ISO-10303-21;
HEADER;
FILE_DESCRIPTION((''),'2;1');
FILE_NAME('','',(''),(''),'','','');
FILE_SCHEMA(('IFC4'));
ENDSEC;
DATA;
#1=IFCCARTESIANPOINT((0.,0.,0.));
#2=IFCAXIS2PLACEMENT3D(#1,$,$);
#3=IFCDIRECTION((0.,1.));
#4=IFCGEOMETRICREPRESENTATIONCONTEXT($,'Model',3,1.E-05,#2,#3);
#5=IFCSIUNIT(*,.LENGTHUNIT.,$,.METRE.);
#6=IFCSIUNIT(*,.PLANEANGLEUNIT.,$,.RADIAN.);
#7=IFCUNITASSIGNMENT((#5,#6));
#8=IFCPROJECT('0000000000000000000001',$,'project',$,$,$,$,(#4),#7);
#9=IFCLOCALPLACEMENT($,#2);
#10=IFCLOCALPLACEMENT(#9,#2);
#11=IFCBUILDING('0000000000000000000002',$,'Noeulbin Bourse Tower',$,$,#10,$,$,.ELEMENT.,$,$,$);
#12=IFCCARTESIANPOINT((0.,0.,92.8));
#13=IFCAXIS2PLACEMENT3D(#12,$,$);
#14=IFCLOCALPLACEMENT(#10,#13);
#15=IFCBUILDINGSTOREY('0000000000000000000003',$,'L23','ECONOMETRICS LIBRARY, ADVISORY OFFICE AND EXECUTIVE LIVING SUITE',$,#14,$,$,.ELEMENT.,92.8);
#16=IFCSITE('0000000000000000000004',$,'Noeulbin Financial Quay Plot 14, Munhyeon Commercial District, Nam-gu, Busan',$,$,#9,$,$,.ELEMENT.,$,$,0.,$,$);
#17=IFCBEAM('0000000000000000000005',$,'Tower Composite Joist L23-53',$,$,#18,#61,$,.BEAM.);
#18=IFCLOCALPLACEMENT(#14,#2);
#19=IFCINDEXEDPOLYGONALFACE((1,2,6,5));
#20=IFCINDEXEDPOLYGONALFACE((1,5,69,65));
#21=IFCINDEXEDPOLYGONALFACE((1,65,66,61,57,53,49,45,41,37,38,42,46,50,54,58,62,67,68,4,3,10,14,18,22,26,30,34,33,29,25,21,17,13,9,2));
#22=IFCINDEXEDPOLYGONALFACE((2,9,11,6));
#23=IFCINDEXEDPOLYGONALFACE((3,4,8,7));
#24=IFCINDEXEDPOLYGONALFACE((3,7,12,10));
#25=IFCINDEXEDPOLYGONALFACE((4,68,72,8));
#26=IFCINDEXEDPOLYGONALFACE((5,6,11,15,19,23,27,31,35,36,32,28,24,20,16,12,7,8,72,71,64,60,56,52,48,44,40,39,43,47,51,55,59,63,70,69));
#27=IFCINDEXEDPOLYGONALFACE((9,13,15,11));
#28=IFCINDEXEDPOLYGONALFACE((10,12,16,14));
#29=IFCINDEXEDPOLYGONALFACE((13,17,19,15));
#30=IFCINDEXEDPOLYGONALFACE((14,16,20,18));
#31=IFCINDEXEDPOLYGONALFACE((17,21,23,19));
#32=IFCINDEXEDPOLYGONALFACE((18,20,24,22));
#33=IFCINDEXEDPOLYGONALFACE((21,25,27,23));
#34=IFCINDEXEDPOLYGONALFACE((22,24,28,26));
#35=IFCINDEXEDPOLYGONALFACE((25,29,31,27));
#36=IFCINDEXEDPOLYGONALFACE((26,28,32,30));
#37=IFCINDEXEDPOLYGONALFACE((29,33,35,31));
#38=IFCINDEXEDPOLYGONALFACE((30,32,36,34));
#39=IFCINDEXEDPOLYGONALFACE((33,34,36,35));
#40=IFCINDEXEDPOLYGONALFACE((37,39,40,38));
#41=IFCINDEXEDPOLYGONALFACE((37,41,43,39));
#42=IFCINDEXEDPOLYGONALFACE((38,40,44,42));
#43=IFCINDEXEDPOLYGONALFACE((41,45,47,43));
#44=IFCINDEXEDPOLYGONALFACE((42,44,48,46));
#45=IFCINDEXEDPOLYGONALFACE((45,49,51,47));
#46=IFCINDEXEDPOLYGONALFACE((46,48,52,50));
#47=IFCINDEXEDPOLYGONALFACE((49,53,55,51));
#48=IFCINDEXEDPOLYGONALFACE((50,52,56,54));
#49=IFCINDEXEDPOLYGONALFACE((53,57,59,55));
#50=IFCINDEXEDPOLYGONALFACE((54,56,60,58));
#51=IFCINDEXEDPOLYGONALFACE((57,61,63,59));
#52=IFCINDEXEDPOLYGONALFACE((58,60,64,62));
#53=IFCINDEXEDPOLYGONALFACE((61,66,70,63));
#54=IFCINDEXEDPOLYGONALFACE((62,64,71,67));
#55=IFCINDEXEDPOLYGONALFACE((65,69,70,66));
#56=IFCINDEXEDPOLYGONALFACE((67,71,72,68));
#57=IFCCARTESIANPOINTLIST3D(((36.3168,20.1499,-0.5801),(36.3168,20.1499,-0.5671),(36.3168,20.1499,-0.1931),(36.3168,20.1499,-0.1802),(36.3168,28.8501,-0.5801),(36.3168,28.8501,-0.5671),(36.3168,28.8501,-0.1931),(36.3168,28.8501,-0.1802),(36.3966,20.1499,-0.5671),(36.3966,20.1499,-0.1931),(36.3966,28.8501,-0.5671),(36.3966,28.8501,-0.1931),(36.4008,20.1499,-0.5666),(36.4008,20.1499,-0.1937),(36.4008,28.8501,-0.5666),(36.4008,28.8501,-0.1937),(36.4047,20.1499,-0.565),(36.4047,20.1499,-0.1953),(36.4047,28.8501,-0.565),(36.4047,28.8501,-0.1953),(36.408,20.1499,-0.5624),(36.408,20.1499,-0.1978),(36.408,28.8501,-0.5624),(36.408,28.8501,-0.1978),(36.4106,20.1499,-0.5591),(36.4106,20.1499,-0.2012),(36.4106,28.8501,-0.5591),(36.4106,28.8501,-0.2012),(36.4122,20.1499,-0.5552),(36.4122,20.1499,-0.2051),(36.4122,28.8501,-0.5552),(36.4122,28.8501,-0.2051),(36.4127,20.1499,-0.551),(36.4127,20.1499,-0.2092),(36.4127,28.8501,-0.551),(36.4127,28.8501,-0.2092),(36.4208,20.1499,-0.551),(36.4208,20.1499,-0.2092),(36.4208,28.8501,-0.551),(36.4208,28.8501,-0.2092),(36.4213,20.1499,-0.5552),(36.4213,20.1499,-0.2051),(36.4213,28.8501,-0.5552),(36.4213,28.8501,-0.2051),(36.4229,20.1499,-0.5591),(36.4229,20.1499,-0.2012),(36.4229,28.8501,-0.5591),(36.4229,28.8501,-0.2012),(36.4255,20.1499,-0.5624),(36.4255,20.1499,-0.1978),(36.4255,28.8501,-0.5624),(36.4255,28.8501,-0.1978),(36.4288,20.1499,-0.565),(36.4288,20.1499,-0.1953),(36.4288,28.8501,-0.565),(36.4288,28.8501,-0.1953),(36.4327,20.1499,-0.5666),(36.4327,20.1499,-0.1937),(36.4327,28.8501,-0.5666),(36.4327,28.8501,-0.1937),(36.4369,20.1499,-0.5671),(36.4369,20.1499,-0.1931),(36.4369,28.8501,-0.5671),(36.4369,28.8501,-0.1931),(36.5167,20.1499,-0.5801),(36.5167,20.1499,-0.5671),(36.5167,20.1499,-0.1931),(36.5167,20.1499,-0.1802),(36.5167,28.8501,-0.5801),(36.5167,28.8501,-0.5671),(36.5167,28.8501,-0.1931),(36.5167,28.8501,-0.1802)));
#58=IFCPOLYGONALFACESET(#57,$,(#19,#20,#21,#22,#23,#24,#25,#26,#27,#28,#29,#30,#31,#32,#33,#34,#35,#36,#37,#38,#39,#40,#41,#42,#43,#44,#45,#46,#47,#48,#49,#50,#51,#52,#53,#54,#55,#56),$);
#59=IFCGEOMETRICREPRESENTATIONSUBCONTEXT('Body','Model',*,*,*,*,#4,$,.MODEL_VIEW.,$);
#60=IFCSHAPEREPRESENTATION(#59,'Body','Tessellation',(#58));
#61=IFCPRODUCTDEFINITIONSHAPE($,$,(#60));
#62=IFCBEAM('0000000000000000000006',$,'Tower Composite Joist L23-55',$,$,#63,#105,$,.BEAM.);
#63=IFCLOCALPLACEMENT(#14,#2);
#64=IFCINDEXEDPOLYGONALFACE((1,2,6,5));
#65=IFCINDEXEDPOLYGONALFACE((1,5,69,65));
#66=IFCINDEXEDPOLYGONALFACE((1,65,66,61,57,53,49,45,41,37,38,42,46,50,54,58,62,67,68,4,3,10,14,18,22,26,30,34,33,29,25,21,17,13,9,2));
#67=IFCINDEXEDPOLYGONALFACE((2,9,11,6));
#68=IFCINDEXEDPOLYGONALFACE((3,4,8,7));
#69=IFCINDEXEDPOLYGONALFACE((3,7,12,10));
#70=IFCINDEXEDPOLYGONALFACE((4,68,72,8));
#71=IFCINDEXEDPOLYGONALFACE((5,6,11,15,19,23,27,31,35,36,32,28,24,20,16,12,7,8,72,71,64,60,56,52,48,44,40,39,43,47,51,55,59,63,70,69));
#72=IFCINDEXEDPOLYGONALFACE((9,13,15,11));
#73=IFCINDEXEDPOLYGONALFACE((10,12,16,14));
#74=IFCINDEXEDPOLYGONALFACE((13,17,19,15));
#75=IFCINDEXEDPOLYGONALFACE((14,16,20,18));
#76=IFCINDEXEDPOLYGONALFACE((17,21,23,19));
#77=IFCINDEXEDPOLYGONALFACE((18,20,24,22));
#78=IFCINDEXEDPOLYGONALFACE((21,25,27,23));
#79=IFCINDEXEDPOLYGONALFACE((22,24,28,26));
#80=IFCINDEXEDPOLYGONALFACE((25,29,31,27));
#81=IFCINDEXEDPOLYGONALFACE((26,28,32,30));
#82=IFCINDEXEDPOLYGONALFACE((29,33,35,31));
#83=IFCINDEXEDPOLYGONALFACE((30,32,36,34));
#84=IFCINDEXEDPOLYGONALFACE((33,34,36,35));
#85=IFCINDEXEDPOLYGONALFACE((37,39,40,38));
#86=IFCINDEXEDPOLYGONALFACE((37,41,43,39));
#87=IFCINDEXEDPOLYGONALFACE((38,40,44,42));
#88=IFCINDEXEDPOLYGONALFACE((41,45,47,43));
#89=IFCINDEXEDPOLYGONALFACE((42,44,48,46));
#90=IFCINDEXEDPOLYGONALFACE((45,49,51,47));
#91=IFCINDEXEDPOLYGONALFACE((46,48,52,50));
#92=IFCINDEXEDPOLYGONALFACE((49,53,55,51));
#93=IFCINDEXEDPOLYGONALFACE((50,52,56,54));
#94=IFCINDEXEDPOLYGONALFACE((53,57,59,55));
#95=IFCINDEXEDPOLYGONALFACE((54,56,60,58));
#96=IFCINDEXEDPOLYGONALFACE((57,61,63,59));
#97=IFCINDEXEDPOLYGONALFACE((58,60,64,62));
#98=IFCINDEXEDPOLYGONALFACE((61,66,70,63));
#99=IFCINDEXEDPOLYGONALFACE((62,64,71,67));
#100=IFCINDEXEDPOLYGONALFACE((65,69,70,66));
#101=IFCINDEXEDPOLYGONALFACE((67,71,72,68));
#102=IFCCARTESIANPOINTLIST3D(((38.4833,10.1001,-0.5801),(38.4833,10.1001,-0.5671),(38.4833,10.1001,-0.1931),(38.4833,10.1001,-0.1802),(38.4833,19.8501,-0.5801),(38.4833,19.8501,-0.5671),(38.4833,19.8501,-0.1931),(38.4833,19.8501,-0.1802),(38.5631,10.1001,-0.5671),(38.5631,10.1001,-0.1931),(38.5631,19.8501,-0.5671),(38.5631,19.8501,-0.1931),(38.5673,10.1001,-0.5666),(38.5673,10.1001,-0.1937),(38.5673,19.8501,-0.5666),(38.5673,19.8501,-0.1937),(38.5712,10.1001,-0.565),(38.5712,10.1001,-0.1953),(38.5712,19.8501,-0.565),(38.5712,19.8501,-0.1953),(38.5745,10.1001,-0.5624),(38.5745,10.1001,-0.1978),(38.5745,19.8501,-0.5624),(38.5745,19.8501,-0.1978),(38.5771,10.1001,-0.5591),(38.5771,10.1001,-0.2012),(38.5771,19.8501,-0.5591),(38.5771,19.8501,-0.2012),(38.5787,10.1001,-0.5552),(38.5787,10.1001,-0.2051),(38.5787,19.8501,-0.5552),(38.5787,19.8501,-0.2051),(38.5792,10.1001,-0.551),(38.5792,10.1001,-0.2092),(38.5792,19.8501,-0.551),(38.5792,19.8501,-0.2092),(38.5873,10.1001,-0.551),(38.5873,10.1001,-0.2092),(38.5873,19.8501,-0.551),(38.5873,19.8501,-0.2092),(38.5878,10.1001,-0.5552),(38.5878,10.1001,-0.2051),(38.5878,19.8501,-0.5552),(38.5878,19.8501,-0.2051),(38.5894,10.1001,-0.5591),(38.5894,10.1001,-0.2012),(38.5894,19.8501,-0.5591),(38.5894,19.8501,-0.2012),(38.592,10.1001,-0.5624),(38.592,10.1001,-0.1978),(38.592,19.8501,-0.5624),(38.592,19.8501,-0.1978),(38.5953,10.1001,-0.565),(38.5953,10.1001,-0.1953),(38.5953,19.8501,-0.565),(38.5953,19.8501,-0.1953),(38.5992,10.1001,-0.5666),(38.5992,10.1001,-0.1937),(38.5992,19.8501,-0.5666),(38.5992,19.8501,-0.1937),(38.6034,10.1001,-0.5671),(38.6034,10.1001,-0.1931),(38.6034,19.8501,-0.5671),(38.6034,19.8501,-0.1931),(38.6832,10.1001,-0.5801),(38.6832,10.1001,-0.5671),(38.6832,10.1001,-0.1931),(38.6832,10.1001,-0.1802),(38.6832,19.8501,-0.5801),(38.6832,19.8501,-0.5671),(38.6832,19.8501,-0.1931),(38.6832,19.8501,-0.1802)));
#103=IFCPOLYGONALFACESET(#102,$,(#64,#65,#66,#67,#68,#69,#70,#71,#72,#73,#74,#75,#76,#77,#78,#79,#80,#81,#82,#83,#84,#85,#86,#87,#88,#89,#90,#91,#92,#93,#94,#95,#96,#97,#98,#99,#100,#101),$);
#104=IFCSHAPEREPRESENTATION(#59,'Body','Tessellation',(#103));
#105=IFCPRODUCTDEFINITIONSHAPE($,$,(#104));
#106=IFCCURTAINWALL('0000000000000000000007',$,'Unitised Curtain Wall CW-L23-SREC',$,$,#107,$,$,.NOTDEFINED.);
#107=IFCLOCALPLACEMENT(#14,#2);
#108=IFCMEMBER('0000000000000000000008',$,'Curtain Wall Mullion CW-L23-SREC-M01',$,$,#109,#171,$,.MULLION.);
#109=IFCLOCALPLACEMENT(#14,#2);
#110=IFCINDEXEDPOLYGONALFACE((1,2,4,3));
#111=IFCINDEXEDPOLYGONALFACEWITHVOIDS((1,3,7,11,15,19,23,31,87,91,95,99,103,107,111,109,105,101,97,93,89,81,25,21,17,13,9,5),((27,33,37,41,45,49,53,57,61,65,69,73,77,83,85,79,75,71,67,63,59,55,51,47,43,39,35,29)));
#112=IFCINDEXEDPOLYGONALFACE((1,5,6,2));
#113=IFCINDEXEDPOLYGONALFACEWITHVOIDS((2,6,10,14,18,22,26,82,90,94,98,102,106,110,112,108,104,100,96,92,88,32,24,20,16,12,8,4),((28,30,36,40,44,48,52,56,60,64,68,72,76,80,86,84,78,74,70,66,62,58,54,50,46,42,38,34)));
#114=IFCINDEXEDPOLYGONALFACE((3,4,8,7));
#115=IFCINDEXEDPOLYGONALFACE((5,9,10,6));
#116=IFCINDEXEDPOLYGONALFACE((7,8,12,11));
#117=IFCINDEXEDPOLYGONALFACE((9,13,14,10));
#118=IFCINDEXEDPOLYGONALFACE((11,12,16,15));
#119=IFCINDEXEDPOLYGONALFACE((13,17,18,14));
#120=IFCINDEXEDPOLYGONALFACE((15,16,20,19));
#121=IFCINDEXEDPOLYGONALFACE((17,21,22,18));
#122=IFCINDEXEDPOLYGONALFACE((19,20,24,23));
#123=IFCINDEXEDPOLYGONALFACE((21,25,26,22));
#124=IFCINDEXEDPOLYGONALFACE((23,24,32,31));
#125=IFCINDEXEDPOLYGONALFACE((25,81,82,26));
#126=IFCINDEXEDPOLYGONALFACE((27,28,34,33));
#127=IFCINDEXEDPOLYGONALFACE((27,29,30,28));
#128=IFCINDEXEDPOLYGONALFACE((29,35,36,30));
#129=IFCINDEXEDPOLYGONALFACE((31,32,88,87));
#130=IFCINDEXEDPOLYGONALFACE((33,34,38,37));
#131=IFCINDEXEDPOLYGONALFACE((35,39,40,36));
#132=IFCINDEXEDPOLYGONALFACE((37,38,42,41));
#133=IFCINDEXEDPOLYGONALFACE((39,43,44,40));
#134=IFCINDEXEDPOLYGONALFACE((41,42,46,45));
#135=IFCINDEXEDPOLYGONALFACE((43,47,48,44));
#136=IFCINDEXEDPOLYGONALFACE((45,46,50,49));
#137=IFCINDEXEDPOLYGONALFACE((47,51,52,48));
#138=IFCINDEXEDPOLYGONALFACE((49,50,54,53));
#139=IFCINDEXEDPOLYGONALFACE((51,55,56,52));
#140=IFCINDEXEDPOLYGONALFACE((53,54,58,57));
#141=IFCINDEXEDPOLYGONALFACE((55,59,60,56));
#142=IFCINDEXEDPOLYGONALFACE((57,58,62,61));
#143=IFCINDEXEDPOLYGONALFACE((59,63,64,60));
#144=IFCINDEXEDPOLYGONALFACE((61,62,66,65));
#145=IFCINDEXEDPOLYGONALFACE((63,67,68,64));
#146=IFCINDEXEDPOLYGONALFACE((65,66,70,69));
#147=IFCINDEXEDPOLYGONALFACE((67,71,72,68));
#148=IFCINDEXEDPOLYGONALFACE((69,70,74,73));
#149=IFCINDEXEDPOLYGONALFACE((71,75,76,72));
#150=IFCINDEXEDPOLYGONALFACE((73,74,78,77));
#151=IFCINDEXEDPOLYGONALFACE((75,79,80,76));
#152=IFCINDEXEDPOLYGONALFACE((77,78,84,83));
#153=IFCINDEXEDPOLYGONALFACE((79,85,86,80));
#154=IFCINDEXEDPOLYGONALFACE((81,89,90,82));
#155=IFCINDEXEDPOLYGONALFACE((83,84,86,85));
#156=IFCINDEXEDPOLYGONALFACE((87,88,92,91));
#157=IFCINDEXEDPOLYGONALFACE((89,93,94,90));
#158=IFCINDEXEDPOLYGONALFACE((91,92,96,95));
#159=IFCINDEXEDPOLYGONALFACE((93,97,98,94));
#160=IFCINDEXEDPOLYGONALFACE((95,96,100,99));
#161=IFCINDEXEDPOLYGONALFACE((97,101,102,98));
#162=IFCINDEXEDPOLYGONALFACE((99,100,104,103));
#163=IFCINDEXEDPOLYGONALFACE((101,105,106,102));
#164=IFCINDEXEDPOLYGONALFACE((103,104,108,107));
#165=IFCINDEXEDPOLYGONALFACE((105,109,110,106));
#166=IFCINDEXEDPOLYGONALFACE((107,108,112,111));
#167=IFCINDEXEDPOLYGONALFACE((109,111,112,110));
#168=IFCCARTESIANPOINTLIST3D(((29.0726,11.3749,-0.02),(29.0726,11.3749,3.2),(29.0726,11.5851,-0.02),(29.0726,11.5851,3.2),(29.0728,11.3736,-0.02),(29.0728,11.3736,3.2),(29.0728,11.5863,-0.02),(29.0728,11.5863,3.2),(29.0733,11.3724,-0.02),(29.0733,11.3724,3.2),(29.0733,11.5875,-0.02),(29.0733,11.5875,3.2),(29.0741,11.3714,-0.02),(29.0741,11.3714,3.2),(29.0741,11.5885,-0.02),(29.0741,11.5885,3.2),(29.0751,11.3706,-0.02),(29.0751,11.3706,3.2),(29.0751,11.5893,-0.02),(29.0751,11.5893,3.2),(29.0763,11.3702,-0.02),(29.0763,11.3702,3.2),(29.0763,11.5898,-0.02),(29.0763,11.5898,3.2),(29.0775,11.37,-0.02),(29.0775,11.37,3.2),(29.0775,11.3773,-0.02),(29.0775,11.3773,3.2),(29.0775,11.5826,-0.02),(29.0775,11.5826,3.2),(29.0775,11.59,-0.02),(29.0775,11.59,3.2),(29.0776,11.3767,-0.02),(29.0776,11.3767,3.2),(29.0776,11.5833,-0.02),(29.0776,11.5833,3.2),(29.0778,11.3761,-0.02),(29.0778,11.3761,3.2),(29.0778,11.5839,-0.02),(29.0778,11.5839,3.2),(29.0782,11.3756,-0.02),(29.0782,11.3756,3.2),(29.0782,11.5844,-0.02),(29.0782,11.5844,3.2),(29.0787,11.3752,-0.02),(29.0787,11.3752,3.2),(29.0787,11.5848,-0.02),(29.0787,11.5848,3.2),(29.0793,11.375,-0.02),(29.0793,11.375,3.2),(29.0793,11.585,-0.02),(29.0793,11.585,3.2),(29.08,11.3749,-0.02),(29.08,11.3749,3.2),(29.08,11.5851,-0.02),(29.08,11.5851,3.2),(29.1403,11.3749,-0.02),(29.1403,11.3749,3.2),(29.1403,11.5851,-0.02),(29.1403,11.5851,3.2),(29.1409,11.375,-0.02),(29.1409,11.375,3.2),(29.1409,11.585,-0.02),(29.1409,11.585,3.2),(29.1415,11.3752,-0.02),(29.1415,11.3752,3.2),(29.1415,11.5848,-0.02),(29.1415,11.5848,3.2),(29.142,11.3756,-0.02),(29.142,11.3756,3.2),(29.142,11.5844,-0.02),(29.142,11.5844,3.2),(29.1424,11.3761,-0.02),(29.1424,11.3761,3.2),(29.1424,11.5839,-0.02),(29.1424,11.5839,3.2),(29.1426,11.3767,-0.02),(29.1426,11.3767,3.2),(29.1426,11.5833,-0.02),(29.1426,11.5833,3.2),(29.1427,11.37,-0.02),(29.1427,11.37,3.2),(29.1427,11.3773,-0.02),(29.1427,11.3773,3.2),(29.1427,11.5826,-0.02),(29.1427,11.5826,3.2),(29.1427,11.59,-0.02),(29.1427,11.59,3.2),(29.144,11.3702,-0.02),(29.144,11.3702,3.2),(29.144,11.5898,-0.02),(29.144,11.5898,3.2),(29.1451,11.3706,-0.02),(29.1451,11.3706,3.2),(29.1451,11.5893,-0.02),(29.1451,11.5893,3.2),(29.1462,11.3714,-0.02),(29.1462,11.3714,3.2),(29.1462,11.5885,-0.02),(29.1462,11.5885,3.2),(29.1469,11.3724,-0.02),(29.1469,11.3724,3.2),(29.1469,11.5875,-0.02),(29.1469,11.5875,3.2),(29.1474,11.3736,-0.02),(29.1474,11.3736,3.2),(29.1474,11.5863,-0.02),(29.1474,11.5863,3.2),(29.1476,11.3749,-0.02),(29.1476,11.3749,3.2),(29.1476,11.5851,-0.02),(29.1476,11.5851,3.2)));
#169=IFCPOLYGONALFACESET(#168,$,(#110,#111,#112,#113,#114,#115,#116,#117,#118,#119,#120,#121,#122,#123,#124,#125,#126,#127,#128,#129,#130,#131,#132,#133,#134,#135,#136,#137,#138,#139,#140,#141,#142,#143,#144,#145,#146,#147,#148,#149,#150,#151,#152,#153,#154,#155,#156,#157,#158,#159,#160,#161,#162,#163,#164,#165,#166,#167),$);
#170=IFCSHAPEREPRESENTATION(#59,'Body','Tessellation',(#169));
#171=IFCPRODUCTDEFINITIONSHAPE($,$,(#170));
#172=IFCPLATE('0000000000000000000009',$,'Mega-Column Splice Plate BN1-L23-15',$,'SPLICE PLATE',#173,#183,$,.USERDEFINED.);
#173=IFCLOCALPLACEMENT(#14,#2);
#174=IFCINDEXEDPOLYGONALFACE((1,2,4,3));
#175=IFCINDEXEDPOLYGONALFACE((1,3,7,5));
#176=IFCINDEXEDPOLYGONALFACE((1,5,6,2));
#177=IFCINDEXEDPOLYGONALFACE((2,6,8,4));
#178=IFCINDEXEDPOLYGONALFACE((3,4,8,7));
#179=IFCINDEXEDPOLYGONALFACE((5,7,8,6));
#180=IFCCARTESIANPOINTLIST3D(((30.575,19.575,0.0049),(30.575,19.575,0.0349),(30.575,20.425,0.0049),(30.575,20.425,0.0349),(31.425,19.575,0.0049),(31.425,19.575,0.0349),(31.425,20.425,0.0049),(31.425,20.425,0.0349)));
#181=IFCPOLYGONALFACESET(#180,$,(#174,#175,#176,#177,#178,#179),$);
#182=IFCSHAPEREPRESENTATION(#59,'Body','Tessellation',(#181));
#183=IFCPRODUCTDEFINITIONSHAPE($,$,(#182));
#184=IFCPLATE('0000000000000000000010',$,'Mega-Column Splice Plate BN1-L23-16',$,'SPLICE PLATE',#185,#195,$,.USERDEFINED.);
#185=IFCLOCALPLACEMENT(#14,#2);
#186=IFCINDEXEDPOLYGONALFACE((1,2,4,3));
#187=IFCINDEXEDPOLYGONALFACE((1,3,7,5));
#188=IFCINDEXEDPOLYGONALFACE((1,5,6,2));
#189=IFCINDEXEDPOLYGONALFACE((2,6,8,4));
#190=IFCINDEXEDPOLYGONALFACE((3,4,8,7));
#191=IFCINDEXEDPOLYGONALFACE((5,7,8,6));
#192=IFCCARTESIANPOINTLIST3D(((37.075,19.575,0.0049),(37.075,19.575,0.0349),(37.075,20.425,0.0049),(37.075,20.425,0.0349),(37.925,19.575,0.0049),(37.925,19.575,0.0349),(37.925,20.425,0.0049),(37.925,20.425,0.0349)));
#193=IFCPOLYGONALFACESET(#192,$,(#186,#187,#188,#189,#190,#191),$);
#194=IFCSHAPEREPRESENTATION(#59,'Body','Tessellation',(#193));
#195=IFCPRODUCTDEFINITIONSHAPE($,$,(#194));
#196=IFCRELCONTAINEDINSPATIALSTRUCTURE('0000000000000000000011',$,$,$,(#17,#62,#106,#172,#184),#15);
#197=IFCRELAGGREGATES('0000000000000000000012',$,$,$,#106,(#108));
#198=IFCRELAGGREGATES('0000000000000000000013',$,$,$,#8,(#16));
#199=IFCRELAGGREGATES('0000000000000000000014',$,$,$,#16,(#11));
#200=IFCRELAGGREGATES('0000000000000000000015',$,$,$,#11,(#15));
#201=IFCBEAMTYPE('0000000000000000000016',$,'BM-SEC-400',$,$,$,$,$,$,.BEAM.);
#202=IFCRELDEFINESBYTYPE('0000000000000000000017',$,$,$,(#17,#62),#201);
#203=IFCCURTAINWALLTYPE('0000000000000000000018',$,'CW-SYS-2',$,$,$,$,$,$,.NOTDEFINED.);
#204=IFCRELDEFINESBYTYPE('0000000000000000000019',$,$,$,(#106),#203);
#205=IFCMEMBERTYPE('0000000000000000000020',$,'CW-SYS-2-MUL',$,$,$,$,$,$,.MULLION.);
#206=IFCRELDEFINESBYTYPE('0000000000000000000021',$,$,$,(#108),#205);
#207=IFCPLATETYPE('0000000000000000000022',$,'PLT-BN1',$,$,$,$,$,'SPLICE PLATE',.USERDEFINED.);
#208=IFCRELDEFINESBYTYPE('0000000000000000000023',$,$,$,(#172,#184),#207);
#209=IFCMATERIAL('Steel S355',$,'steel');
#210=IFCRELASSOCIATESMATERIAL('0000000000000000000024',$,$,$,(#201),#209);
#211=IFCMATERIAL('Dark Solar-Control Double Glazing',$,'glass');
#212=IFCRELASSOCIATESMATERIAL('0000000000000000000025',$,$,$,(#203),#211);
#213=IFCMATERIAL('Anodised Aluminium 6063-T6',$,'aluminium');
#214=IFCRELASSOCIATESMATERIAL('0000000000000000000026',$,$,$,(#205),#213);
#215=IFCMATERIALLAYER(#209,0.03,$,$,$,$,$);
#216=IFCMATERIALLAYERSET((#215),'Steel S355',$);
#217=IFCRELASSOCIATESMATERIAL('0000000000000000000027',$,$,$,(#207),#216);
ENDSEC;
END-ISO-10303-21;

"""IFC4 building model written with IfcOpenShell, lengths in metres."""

from ifc_helpers import new_model, si_unit, direction, frame, origin, origin_2d, place, context, subcontext, project, spatial, rectangle, hollow_rectangle, i_section, extrude, material, layer, layer_set, material_profile, profile_set, type_object, element, aggregate, save


model = new_model("IFC4")

# Units and contexts
model_context = context("Model", 3, precision=1e-05, world=origin(), true_north=direction((0.0, 1.0)))
body_context = subcontext(model_context, "Body", "Model", "MODEL_VIEW")
ifc_project = project(units=[si_unit("LENGTHUNIT", "METRE"), si_unit("PLANEANGLEUNIT", "RADIAN")], contexts=[model_context])

# Site, building, storey
site_placement = place(None, origin())
site = spatial("IfcSite", under=ifc_project, at=site_placement, Name="Noeulbin Financial Quay Plot 14, Munhyeon Commercial District, Nam-gu, Busan", CompositionType="ELEMENT", RefElevation=0.0)
building_placement = place(site_placement, origin())
building = spatial("IfcBuilding", under=site, at=building_placement, Name="Noeulbin Bourse Tower", CompositionType="ELEMENT")
storey_placement = place(building_placement, frame((0.0, 0.0, 92.8)))
storey = spatial("IfcBuildingStorey", under=building, at=storey_placement, Name="L23", Description="ECONOMETRICS LIBRARY, ADVISORY OFFICE AND EXECUTIVE LIVING SUITE", CompositionType="ELEMENT", Elevation=92.8)

# Beams
ifc_material_1 = material(Name="Steel S355", Category="steel")
ifc_material_profile_1 = material_profile(ifc_material_1, i_section(OverallWidth=0.2, OverallDepth=0.3999, WebThickness=0.0081, FlangeThickness=0.0129, FilletRadius=0.0161, at=origin_2d()), Name="H-400x200x8x13", Category="LoadBearing")
ifc_profile_set_1 = profile_set([ifc_material_profile_1], Name="Steel S355")
beam_type_1 = type_object("IfcBeamType", Name="BM-SEC-400", PredefinedType="BEAM", material=ifc_profile_set_1)
beam_1_placement = place(storey_placement, frame((36.4167, 20.1499, -0.3801), z_axis=(0.0, 1.0, 0.0), x_axis=(-1.0, 0.0, 0.0)))
element("IfcBeam", 1, at=beam_1_placement, inside=storey, type_object=beam_type_1, Name="Tower Composite Joist L23-53", PredefinedType="BEAM", context=body_context, shape_type="SweptSolid", body=[
    extrude(i_section(OverallWidth=0.2, OverallDepth=0.3999, WebThickness=0.0081, FlangeThickness=0.0129, FilletRadius=0.0161, at=origin_2d()), origin(), (0.0, 0.0, 1.0), 8.7002),
])
beam_2_placement = place(storey_placement, frame((38.5833, 10.1001, -0.3801), z_axis=(0.0, 1.0, 0.0), x_axis=(-1.0, 0.0, 0.0)))
element("IfcBeam", 2, at=beam_2_placement, inside=storey, type_object=beam_type_1, Name="Tower Composite Joist L23-55", PredefinedType="BEAM", context=body_context, shape_type="SweptSolid", body=[
    extrude(i_section(OverallWidth=0.2, OverallDepth=0.3999, WebThickness=0.0081, FlangeThickness=0.0129, FilletRadius=0.0161, at=origin_2d()), origin(), (0.0, 0.0, 1.0), 9.75),
])

# Curtain wall, member
ifc_material_2 = material(Name="Dark Solar-Control Double Glazing", Category="glass")
curtain_wall_type = type_object("IfcCurtainWallType", Name="CW-SYS-2", PredefinedType="NOTDEFINED", material=ifc_material_2)
curtain_wall_placement = place(storey_placement, origin())
curtain_wall = element("IfcCurtainWall", 3, at=curtain_wall_placement, inside=storey, type_object=curtain_wall_type, Name="Unitised Curtain Wall CW-L23-SREC", PredefinedType="NOTDEFINED")
ifc_material_3 = material(Name="Anodised Aluminium 6063-T6", Category="aluminium")
ifc_material_profile_2 = material_profile(ifc_material_3, hollow_rectangle(XDim=0.075, YDim=0.22, WallThickness=0.0049, InnerFilletRadius=0.0024, OuterFilletRadius=0.0049, at=origin_2d()), Name="ALU-MULL-75x220x5", Category="LoadBearing")
ifc_profile_set_2 = profile_set([ifc_material_profile_2], Name="Anodised Aluminium 6063-T6")
member_type = type_object("IfcMemberType", Name="CW-SYS-2-MUL", PredefinedType="MULLION", material=ifc_profile_set_2)
member_placement = place(storey_placement, frame((29.1101, 11.48, -0.02), z_axis=(0.0, 0.0, 1.0), x_axis=(1.0, 0.0, 0.0)))
member = element("IfcMember", 4, at=member_placement, type_object=member_type, Name="Curtain Wall Mullion CW-L23-SREC-M01", PredefinedType="MULLION", context=body_context, shape_type="SweptSolid", body=[
    extrude(hollow_rectangle(XDim=0.075, YDim=0.22, WallThickness=0.0049, InnerFilletRadius=0.0024, OuterFilletRadius=0.0049, at=origin_2d()), origin(), (0.0, 0.0, 1.0), 3.22),
])
aggregate(curtain_wall, [member])

# Plates
ifc_layer_1 = layer(ifc_material_1, 0.03)
ifc_layer_set_1 = layer_set([ifc_layer_1], Name="Steel S355")
plate_type = type_object("IfcPlateType", Name="PLT-BN1", ElementType="SPLICE PLATE", PredefinedType="USERDEFINED", material=ifc_layer_set_1)
for number, where, z_axis, x_axis, name in (
    (5, (31.0, 20.0, 0.0049), (0.0, 0.0, 1.0), (1.0, 0.0, 0.0), "Mega-Column Splice Plate BN1-L23-15"),
    (6, (37.5, 20.0, 0.0049), (0.0, 0.0, 1.0), (1.0, 0.0, 0.0), "Mega-Column Splice Plate BN1-L23-16"),
):
    element("IfcPlate", number, at=place(storey_placement, frame(where, z_axis=z_axis, x_axis=x_axis)), inside=storey, type_object=plate_type, Name=name, ObjectType="SPLICE PLATE", PredefinedType="USERDEFINED", context=body_context, shape_type="SweptSolid", body=[
        extrude(rectangle(XDim=0.8501, YDim=0.8501, at=origin_2d()), origin(), (0.0, 0.0, 1.0), 0.03),
    ])

save(model, "model.ifc")
